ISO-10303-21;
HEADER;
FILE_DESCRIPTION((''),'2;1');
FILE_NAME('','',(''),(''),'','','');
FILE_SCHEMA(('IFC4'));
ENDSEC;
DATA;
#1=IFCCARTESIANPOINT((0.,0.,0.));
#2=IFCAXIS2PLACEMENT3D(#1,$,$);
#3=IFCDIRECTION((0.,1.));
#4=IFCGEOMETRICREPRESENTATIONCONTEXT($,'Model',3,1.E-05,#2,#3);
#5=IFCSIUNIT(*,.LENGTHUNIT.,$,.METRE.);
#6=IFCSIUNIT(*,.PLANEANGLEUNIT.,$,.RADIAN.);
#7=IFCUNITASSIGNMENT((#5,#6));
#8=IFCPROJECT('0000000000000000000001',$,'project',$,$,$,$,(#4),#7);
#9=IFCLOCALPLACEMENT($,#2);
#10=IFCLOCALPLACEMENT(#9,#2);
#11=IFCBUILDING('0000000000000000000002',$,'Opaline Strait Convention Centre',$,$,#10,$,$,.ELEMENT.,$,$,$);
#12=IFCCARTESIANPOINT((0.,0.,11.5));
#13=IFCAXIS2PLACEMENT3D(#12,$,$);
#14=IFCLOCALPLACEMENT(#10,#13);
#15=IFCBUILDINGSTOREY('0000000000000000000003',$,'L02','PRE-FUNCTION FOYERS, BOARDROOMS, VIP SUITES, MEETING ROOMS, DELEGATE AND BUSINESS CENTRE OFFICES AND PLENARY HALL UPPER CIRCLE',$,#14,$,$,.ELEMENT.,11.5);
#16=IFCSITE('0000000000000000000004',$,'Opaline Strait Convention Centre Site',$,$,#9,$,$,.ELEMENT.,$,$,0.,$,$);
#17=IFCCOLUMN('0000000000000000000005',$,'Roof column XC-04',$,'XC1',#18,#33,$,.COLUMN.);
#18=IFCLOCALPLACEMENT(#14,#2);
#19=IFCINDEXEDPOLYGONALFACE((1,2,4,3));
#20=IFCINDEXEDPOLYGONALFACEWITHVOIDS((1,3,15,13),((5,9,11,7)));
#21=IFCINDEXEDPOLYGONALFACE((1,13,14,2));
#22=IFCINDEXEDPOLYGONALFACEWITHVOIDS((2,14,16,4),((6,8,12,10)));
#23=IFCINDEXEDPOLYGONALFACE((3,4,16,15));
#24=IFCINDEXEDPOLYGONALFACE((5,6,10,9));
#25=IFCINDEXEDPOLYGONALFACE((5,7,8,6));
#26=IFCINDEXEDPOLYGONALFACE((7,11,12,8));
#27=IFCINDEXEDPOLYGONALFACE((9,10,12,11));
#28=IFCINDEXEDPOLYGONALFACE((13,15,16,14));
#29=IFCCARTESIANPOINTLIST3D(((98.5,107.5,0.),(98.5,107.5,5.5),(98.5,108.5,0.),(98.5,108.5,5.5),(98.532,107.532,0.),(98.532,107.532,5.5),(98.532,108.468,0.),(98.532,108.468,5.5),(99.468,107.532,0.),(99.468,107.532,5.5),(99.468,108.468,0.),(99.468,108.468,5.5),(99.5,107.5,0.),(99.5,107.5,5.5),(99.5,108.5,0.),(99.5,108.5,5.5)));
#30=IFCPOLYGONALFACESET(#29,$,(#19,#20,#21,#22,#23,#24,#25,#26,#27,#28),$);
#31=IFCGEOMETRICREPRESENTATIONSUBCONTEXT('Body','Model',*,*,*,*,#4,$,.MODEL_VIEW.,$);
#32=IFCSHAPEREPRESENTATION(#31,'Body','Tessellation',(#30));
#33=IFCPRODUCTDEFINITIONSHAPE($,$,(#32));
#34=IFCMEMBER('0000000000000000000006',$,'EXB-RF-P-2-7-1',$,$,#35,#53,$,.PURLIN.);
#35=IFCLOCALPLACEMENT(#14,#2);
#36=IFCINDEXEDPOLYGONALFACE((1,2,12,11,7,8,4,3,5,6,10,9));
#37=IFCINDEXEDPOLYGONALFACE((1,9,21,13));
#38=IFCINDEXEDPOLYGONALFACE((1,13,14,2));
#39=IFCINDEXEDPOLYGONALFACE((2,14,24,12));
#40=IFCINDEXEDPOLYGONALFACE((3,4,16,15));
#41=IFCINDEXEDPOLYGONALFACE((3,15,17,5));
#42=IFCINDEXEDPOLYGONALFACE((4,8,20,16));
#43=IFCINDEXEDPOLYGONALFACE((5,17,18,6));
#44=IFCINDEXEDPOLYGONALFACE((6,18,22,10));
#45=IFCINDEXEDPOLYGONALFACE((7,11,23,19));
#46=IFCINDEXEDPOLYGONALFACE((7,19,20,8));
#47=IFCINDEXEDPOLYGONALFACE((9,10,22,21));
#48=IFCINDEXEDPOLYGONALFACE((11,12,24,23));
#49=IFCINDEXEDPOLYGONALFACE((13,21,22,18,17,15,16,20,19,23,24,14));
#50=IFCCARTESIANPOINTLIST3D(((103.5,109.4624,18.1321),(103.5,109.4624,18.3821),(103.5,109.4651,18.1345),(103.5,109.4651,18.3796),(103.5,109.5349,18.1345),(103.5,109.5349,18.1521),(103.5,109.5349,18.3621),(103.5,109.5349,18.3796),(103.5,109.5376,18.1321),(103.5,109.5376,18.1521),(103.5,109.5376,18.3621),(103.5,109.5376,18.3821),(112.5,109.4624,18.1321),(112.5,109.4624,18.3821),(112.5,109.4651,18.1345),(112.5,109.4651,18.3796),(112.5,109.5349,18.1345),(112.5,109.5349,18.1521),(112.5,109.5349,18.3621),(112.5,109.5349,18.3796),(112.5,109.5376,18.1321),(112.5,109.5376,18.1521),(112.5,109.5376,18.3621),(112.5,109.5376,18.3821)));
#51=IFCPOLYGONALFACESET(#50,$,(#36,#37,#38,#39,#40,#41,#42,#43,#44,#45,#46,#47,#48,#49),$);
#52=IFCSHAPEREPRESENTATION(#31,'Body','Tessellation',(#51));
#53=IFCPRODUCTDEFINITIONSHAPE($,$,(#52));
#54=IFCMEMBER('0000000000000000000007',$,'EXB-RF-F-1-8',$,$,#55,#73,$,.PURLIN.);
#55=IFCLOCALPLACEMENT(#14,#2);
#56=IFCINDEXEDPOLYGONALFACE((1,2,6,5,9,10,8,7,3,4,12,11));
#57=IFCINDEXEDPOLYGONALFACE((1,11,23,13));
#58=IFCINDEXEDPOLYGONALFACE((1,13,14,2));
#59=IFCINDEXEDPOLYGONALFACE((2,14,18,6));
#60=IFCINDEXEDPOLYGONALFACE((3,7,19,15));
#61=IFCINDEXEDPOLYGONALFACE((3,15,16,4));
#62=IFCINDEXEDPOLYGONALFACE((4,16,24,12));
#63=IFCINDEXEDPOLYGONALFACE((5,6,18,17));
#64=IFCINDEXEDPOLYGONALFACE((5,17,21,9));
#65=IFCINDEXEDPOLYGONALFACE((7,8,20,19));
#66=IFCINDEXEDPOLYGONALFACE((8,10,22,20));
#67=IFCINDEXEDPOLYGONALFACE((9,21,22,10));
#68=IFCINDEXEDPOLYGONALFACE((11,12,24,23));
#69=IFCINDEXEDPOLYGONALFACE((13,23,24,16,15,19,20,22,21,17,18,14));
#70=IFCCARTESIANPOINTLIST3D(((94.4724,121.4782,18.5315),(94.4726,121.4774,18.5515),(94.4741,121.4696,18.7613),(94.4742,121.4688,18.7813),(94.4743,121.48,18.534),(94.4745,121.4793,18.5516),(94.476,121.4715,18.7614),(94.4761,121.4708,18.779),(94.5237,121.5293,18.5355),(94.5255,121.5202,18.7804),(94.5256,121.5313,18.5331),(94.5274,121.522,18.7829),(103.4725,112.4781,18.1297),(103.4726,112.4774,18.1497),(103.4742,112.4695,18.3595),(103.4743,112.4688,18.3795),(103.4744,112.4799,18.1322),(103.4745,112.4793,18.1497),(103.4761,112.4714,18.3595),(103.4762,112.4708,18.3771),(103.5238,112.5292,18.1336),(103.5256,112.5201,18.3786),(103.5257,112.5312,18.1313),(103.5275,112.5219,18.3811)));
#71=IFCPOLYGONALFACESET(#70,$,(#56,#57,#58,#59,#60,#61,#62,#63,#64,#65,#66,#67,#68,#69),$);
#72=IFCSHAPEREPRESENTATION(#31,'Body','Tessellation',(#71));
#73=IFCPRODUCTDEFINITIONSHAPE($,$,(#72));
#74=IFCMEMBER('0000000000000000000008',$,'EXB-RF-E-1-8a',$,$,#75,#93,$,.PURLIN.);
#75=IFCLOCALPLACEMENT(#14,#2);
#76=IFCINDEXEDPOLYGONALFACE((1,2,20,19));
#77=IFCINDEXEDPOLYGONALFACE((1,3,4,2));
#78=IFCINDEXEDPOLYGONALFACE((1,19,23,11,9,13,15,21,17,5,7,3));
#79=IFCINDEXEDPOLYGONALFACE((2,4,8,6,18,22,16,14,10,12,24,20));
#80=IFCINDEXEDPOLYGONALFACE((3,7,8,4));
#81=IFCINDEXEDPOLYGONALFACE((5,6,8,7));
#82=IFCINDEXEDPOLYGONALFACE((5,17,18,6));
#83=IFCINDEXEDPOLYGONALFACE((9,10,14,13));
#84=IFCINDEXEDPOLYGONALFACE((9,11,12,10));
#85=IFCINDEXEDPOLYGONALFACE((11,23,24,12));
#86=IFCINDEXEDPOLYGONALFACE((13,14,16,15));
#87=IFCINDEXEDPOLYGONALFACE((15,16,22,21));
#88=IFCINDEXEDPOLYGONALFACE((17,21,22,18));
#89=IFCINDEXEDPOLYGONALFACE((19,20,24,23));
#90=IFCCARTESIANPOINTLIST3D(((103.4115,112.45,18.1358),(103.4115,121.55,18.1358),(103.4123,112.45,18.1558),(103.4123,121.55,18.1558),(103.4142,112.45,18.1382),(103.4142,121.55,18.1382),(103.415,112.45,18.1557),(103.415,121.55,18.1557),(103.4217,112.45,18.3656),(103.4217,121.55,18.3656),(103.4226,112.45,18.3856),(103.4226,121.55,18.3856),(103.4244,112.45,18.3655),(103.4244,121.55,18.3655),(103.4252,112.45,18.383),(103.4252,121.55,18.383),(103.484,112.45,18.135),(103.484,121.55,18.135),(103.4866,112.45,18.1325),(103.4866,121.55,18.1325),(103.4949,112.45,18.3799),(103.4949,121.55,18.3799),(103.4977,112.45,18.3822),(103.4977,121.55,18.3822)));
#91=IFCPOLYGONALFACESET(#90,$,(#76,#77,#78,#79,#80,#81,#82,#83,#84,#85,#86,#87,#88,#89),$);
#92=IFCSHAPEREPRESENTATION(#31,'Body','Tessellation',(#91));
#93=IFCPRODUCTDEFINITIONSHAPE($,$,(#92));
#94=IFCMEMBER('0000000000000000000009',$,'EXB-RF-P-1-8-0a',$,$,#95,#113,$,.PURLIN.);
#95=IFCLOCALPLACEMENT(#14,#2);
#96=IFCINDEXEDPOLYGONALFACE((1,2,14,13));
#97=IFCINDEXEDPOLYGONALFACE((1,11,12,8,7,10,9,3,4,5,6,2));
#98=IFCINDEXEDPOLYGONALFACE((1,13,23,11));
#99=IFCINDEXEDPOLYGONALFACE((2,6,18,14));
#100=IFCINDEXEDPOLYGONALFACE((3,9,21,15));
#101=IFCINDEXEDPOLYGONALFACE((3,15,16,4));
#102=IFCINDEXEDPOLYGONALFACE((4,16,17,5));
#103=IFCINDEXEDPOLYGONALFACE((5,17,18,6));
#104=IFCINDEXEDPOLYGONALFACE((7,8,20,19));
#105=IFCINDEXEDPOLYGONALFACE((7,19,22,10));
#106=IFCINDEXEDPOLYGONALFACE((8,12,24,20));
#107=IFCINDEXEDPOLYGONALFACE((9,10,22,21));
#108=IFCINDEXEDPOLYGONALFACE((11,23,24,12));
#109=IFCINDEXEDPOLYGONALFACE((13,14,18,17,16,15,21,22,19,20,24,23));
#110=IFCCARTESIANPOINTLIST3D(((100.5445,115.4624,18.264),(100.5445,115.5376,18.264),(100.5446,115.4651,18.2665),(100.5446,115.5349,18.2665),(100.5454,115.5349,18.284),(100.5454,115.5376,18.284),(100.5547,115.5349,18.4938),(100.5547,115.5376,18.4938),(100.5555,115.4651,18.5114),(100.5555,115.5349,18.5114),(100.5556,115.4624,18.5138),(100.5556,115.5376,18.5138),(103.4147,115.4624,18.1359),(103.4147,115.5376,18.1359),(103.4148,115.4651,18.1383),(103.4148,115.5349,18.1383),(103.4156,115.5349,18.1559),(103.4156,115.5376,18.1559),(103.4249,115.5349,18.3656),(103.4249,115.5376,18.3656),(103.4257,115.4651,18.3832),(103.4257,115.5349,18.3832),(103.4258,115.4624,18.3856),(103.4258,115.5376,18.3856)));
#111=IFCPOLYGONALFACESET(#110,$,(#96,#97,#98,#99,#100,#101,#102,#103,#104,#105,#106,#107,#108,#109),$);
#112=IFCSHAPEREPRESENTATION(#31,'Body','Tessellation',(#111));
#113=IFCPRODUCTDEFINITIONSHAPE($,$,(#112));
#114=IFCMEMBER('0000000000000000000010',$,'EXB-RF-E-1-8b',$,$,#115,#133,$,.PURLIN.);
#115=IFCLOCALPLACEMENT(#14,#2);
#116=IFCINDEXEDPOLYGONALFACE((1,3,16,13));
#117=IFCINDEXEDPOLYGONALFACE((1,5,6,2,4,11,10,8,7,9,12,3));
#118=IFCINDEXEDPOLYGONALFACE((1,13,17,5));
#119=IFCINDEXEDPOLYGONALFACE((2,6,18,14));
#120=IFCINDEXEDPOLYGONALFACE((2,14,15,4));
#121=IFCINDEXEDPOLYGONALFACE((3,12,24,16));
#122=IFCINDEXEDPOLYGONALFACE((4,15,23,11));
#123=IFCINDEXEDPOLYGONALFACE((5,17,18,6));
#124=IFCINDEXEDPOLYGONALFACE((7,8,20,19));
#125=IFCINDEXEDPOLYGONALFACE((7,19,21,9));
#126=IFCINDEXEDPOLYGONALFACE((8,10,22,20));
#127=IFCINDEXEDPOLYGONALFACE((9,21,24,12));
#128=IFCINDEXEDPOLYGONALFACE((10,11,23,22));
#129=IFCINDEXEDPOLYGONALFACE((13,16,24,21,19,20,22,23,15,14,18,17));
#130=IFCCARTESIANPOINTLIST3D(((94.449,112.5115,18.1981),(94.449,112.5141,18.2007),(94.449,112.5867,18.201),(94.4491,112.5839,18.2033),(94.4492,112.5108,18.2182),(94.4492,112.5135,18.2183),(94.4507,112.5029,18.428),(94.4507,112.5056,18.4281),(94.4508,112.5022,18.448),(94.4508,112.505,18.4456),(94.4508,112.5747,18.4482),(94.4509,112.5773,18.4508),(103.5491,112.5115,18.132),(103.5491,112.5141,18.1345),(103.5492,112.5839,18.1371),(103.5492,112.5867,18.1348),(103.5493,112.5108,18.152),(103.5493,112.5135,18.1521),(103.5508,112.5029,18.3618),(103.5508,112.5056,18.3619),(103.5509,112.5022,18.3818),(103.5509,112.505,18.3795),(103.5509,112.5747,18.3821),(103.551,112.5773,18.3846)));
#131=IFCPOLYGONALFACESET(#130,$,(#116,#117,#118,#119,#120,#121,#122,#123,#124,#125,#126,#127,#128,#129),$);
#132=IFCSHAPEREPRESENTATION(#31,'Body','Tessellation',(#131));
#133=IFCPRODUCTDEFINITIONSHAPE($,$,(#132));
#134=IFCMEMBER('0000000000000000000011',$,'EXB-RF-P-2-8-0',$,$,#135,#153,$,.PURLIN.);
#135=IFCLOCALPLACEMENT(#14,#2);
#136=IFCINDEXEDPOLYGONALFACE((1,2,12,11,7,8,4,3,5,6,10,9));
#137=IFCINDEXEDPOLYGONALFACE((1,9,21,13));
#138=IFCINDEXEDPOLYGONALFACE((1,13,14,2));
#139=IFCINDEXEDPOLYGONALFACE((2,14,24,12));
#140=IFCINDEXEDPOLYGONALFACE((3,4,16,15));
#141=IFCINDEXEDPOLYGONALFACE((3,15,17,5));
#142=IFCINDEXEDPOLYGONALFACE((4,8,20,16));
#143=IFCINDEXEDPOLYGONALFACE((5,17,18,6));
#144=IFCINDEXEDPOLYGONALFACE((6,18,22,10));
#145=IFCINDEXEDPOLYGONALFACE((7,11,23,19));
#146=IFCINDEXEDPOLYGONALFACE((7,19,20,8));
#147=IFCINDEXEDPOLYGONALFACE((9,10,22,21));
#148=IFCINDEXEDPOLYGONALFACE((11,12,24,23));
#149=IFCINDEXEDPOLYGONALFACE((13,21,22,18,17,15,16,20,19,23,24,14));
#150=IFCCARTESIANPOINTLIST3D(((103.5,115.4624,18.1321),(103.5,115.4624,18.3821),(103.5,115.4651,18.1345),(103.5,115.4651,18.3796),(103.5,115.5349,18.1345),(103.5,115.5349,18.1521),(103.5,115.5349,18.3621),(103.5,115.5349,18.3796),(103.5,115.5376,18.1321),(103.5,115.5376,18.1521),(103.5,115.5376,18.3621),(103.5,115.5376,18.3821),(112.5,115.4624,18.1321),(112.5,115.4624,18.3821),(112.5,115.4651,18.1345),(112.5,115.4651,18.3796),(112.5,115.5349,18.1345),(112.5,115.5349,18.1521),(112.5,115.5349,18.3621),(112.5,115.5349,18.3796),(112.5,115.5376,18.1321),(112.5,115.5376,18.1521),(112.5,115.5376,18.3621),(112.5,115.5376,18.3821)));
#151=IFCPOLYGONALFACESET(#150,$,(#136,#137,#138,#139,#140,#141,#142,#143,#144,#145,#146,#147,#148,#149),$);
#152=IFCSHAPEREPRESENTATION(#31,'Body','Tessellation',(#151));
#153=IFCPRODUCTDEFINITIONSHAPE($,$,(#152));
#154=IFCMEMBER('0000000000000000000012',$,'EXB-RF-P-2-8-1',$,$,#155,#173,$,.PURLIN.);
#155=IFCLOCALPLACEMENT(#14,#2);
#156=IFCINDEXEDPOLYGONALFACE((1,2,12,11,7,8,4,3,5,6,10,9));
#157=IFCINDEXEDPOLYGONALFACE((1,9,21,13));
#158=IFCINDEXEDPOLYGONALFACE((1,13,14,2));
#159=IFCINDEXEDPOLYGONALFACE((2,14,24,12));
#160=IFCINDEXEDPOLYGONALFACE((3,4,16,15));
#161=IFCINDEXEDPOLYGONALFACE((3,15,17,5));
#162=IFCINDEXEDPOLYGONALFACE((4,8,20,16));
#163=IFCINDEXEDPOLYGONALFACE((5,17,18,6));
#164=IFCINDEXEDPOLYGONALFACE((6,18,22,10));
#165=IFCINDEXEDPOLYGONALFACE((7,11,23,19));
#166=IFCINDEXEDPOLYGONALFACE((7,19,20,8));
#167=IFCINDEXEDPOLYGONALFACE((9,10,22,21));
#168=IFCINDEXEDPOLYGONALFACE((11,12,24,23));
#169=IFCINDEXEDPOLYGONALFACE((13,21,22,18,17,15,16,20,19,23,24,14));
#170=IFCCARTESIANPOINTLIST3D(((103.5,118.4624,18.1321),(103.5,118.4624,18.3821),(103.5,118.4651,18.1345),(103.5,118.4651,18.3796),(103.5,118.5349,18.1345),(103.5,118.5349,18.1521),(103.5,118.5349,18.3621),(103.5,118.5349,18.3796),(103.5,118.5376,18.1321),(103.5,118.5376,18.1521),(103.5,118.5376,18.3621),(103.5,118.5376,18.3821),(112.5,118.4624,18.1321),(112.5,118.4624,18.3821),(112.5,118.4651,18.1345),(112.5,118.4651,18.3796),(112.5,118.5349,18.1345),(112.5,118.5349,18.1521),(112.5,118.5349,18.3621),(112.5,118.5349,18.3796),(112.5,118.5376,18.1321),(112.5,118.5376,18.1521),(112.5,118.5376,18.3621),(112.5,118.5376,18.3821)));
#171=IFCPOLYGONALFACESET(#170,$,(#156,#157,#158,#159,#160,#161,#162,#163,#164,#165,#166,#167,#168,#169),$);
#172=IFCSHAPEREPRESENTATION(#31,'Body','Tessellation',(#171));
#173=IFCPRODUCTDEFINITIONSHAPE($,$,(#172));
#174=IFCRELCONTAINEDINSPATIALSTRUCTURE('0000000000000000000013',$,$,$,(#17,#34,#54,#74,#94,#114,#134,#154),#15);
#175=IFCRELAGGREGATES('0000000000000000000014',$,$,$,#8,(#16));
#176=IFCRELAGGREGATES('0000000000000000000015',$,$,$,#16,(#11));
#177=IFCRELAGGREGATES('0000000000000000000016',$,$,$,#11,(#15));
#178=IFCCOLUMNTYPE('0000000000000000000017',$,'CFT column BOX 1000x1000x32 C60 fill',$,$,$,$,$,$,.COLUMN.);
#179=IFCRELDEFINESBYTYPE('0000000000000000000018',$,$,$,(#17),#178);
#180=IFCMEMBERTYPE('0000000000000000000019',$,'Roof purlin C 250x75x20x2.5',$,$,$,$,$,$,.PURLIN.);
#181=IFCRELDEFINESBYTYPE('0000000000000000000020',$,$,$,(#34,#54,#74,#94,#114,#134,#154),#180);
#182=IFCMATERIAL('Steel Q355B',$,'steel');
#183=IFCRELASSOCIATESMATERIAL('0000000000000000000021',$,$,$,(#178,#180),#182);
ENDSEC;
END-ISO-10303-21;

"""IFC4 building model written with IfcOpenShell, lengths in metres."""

from ifc_helpers import new_model, si_unit, direction, frame, origin, origin_2d, place, context, subcontext, project, spatial, polyline, hollow_rectangle, outline, extrude, material, material_profile, profile_set, type_object, element, save


model = new_model("IFC4")

# Units and contexts
model_context = context("Model", 3, precision=1e-05, world=origin(), true_north=direction((0.0, 1.0)))
body_context = subcontext(model_context, "Body", "Model", "MODEL_VIEW")
ifc_project = project(units=[si_unit("LENGTHUNIT", "METRE"), si_unit("PLANEANGLEUNIT", "RADIAN")], contexts=[model_context])

# Site, building, storey
site_placement = place(None, origin())
site = spatial("IfcSite", under=ifc_project, at=site_placement, Name="Opaline Strait Convention Centre Site", CompositionType="ELEMENT", RefElevation=0.0)
building_placement = place(site_placement, origin())
building = spatial("IfcBuilding", under=site, at=building_placement, Name="Opaline Strait Convention Centre", CompositionType="ELEMENT")
storey_placement = place(building_placement, frame((0.0, 0.0, 11.5)))
storey = spatial("IfcBuildingStorey", under=building, at=storey_placement, Name="L02", Description="PRE-FUNCTION FOYERS, BOARDROOMS, VIP SUITES, MEETING ROOMS, DELEGATE AND BUSINESS CENTRE OFFICES AND PLENARY HALL UPPER CIRCLE", CompositionType="ELEMENT", Elevation=11.5)

# Column
ifc_material_1 = material(Name="Steel Q355B", Category="steel")
ifc_material_profile_1 = material_profile(ifc_material_1, hollow_rectangle(XDim=1.0, YDim=1.0, WallThickness=0.032, at=origin_2d()), Name="BOX 1000x1000x32")
ifc_profile_set_1 = profile_set([ifc_material_profile_1], Name="Steel Q355B")
column_type = type_object("IfcColumnType", Name="CFT column BOX 1000x1000x32 C60 fill", PredefinedType="COLUMN", material=ifc_profile_set_1)
column_placement = place(storey_placement, frame((99.0, 108.0, 0.0), z_axis=(0.0, 0.0, 1.0), x_axis=(1.0, 0.0, 0.0)))
element("IfcColumn", 1, at=column_placement, inside=storey, type_object=column_type, Name="Roof column XC-04", ObjectType="XC1", PredefinedType="COLUMN", context=body_context, shape_type="SweptSolid", body=[
    extrude(hollow_rectangle(XDim=1.0, YDim=1.0, WallThickness=0.032, at=origin_2d()), origin(), (0.0, 0.0, 1.0), 5.5),
])

# Members
ifc_material_profile_2 = material_profile(ifc_material_1, outline(polyline([(-0.0376, -0.125), (0.0376, -0.125), (0.0376, -0.105), (0.0349, -0.105), (0.0349, -0.1226), (-0.0349, -0.1226), (-0.0349, 0.1226), (0.0349, 0.1226), (0.0349, 0.105), (0.0376, 0.105), (0.0376, 0.125), (-0.0376, 0.125), (-0.0376, -0.125)])), Name="C 250x75x20x2.5")
ifc_profile_set_2 = profile_set([ifc_material_profile_2], Name="Steel Q355B")
member_type_1 = type_object("IfcMemberType", Name="Roof purlin C 250x75x20x2.5", PredefinedType="PURLIN", material=ifc_profile_set_2)
member_1_placement = place(storey_placement, frame((103.5, 109.5, 18.2571), z_axis=(1.0, 0.0, 0.0), x_axis=(0.0, 1.0, 0.0)))
element("IfcMember", 2, at=member_1_placement, inside=storey, type_object=member_type_1, Name="EXB-RF-P-2-7-1", PredefinedType="PURLIN", context=body_context, shape_type="SweptSolid", body=[
    extrude(outline(polyline([(-0.0376, -0.125), (0.0376, -0.125), (0.0376, -0.105), (0.0349, -0.105), (0.0349, -0.1226), (-0.0349, -0.1226), (-0.0349, 0.1226), (0.0349, 0.1226), (0.0349, 0.105), (0.0376, 0.105), (0.0376, 0.125), (-0.0376, 0.125), (-0.0376, -0.125)])), origin(), (0.0, 0.0, 1.0), 9.0),
])
member_2_placement = place(storey_placement, frame((103.5, 112.5, 18.2554), z_axis=(-0.706755, 0.706755, 0.031557), x_axis=(-0.707421, -0.706472, -0.02126)))
element("IfcMember", 3, at=member_2_placement, inside=storey, type_object=member_type_1, Name="EXB-RF-F-1-8", PredefinedType="PURLIN", context=body_context, shape_type="SweptSolid", body=[
    extrude(outline(polyline([(-0.0376, -0.125), (0.0376, -0.125), (0.0376, -0.105), (0.0349, -0.105), (0.0349, -0.1226), (-0.0349, -0.1226), (-0.0349, 0.1226), (0.0349, 0.1226), (0.0349, 0.105), (0.0376, 0.105), (0.0376, 0.125), (-0.0376, 0.125), (-0.0376, -0.125)])), origin(), (0.0, 0.0, 1.0), 12.7344),
])
member_3_placement = place(storey_placement, frame((103.4546, 112.45, 18.259), z_axis=(0.0, 1.0, 0.0), x_axis=(-0.999005, 0.0, 0.044606)))
element("IfcMember", 4, at=member_3_placement, inside=storey, type_object=member_type_1, Name="EXB-RF-E-1-8a", PredefinedType="PURLIN", context=body_context, shape_type="SweptSolid", body=[
    extrude(outline(polyline([(-0.0376, -0.125), (0.0376, -0.125), (0.0376, -0.105), (0.0349, -0.105), (0.0349, -0.1226), (-0.0349, -0.1226), (-0.0349, 0.1226), (0.0349, 0.1226), (0.0349, 0.105), (0.0376, 0.105), (0.0376, 0.125), (-0.0376, 0.125), (-0.0376, -0.125)])), origin(), (0.0, 0.0, 1.0), 9.1001),
])
member_4_placement = place(storey_placement, frame((100.55, 115.5, 18.3889), z_axis=(0.999004, 0.0, -0.044614), x_axis=(0.0, 1.0, 0.0)))
element("IfcMember", 5, at=member_4_placement, inside=storey, type_object=member_type_1, Name="EXB-RF-P-1-8-0a", PredefinedType="PURLIN", context=body_context, shape_type="SweptSolid", body=[
    extrude(outline(polyline([(-0.0376, -0.125), (0.0376, -0.125), (0.0376, -0.105), (0.0349, -0.105), (0.0349, -0.1226), (-0.0349, -0.1226), (-0.0349, 0.1226), (0.0349, 0.1226), (0.0349, 0.105), (0.0376, 0.105), (0.0376, 0.125), (-0.0376, 0.125), (-0.0376, -0.125)])), origin(), (0.0, 0.0, 1.0), 2.873),
])
member_5_placement = place(storey_placement, frame((103.55, 112.5444, 18.2583), z_axis=(-0.999974, 0.0, 0.00727), x_axis=(-0.000272, -0.999302, -0.037349)))
element("IfcMember", 6, at=member_5_placement, inside=storey, type_object=member_type_1, Name="EXB-RF-E-1-8b", PredefinedType="PURLIN", context=body_context, shape_type="SweptSolid", body=[
    extrude(outline(polyline([(-0.0376, -0.125), (0.0376, -0.125), (0.0376, -0.105), (0.0349, -0.105), (0.0349, -0.1226), (-0.0349, -0.1226), (-0.0349, 0.1226), (0.0349, 0.1226), (0.0349, 0.105), (0.0376, 0.105), (0.0376, 0.125), (-0.0376, 0.125), (-0.0376, -0.125)])), origin(), (0.0, 0.0, 1.0), 9.1003),
])
for number, where, z_axis, x_axis, name in (
    (7, (103.5, 115.5, 18.2571), (1.0, 0.0, 0.0), (0.0, 1.0, 0.0), "EXB-RF-P-2-8-0"),
    (8, (103.5, 118.5, 18.2571), (1.0, 0.0, 0.0), (0.0, 1.0, 0.0), "EXB-RF-P-2-8-1"),
):
    element("IfcMember", number, at=place(storey_placement, frame(where, z_axis=z_axis, x_axis=x_axis)), inside=storey, type_object=member_type_1, Name=name, PredefinedType="PURLIN", context=body_context, shape_type="SweptSolid", body=[
        extrude(outline(polyline([(-0.0376, -0.125), (0.0376, -0.125), (0.0376, -0.105), (0.0349, -0.105), (0.0349, -0.1226), (-0.0349, -0.1226), (-0.0349, 0.1226), (0.0349, 0.1226), (0.0349, 0.105), (0.0376, 0.105), (0.0376, 0.125), (-0.0376, 0.125), (-0.0376, -0.125)])), origin(), (0.0, 0.0, 1.0), 9.0),
    ])

save(model, "model.ifc")
